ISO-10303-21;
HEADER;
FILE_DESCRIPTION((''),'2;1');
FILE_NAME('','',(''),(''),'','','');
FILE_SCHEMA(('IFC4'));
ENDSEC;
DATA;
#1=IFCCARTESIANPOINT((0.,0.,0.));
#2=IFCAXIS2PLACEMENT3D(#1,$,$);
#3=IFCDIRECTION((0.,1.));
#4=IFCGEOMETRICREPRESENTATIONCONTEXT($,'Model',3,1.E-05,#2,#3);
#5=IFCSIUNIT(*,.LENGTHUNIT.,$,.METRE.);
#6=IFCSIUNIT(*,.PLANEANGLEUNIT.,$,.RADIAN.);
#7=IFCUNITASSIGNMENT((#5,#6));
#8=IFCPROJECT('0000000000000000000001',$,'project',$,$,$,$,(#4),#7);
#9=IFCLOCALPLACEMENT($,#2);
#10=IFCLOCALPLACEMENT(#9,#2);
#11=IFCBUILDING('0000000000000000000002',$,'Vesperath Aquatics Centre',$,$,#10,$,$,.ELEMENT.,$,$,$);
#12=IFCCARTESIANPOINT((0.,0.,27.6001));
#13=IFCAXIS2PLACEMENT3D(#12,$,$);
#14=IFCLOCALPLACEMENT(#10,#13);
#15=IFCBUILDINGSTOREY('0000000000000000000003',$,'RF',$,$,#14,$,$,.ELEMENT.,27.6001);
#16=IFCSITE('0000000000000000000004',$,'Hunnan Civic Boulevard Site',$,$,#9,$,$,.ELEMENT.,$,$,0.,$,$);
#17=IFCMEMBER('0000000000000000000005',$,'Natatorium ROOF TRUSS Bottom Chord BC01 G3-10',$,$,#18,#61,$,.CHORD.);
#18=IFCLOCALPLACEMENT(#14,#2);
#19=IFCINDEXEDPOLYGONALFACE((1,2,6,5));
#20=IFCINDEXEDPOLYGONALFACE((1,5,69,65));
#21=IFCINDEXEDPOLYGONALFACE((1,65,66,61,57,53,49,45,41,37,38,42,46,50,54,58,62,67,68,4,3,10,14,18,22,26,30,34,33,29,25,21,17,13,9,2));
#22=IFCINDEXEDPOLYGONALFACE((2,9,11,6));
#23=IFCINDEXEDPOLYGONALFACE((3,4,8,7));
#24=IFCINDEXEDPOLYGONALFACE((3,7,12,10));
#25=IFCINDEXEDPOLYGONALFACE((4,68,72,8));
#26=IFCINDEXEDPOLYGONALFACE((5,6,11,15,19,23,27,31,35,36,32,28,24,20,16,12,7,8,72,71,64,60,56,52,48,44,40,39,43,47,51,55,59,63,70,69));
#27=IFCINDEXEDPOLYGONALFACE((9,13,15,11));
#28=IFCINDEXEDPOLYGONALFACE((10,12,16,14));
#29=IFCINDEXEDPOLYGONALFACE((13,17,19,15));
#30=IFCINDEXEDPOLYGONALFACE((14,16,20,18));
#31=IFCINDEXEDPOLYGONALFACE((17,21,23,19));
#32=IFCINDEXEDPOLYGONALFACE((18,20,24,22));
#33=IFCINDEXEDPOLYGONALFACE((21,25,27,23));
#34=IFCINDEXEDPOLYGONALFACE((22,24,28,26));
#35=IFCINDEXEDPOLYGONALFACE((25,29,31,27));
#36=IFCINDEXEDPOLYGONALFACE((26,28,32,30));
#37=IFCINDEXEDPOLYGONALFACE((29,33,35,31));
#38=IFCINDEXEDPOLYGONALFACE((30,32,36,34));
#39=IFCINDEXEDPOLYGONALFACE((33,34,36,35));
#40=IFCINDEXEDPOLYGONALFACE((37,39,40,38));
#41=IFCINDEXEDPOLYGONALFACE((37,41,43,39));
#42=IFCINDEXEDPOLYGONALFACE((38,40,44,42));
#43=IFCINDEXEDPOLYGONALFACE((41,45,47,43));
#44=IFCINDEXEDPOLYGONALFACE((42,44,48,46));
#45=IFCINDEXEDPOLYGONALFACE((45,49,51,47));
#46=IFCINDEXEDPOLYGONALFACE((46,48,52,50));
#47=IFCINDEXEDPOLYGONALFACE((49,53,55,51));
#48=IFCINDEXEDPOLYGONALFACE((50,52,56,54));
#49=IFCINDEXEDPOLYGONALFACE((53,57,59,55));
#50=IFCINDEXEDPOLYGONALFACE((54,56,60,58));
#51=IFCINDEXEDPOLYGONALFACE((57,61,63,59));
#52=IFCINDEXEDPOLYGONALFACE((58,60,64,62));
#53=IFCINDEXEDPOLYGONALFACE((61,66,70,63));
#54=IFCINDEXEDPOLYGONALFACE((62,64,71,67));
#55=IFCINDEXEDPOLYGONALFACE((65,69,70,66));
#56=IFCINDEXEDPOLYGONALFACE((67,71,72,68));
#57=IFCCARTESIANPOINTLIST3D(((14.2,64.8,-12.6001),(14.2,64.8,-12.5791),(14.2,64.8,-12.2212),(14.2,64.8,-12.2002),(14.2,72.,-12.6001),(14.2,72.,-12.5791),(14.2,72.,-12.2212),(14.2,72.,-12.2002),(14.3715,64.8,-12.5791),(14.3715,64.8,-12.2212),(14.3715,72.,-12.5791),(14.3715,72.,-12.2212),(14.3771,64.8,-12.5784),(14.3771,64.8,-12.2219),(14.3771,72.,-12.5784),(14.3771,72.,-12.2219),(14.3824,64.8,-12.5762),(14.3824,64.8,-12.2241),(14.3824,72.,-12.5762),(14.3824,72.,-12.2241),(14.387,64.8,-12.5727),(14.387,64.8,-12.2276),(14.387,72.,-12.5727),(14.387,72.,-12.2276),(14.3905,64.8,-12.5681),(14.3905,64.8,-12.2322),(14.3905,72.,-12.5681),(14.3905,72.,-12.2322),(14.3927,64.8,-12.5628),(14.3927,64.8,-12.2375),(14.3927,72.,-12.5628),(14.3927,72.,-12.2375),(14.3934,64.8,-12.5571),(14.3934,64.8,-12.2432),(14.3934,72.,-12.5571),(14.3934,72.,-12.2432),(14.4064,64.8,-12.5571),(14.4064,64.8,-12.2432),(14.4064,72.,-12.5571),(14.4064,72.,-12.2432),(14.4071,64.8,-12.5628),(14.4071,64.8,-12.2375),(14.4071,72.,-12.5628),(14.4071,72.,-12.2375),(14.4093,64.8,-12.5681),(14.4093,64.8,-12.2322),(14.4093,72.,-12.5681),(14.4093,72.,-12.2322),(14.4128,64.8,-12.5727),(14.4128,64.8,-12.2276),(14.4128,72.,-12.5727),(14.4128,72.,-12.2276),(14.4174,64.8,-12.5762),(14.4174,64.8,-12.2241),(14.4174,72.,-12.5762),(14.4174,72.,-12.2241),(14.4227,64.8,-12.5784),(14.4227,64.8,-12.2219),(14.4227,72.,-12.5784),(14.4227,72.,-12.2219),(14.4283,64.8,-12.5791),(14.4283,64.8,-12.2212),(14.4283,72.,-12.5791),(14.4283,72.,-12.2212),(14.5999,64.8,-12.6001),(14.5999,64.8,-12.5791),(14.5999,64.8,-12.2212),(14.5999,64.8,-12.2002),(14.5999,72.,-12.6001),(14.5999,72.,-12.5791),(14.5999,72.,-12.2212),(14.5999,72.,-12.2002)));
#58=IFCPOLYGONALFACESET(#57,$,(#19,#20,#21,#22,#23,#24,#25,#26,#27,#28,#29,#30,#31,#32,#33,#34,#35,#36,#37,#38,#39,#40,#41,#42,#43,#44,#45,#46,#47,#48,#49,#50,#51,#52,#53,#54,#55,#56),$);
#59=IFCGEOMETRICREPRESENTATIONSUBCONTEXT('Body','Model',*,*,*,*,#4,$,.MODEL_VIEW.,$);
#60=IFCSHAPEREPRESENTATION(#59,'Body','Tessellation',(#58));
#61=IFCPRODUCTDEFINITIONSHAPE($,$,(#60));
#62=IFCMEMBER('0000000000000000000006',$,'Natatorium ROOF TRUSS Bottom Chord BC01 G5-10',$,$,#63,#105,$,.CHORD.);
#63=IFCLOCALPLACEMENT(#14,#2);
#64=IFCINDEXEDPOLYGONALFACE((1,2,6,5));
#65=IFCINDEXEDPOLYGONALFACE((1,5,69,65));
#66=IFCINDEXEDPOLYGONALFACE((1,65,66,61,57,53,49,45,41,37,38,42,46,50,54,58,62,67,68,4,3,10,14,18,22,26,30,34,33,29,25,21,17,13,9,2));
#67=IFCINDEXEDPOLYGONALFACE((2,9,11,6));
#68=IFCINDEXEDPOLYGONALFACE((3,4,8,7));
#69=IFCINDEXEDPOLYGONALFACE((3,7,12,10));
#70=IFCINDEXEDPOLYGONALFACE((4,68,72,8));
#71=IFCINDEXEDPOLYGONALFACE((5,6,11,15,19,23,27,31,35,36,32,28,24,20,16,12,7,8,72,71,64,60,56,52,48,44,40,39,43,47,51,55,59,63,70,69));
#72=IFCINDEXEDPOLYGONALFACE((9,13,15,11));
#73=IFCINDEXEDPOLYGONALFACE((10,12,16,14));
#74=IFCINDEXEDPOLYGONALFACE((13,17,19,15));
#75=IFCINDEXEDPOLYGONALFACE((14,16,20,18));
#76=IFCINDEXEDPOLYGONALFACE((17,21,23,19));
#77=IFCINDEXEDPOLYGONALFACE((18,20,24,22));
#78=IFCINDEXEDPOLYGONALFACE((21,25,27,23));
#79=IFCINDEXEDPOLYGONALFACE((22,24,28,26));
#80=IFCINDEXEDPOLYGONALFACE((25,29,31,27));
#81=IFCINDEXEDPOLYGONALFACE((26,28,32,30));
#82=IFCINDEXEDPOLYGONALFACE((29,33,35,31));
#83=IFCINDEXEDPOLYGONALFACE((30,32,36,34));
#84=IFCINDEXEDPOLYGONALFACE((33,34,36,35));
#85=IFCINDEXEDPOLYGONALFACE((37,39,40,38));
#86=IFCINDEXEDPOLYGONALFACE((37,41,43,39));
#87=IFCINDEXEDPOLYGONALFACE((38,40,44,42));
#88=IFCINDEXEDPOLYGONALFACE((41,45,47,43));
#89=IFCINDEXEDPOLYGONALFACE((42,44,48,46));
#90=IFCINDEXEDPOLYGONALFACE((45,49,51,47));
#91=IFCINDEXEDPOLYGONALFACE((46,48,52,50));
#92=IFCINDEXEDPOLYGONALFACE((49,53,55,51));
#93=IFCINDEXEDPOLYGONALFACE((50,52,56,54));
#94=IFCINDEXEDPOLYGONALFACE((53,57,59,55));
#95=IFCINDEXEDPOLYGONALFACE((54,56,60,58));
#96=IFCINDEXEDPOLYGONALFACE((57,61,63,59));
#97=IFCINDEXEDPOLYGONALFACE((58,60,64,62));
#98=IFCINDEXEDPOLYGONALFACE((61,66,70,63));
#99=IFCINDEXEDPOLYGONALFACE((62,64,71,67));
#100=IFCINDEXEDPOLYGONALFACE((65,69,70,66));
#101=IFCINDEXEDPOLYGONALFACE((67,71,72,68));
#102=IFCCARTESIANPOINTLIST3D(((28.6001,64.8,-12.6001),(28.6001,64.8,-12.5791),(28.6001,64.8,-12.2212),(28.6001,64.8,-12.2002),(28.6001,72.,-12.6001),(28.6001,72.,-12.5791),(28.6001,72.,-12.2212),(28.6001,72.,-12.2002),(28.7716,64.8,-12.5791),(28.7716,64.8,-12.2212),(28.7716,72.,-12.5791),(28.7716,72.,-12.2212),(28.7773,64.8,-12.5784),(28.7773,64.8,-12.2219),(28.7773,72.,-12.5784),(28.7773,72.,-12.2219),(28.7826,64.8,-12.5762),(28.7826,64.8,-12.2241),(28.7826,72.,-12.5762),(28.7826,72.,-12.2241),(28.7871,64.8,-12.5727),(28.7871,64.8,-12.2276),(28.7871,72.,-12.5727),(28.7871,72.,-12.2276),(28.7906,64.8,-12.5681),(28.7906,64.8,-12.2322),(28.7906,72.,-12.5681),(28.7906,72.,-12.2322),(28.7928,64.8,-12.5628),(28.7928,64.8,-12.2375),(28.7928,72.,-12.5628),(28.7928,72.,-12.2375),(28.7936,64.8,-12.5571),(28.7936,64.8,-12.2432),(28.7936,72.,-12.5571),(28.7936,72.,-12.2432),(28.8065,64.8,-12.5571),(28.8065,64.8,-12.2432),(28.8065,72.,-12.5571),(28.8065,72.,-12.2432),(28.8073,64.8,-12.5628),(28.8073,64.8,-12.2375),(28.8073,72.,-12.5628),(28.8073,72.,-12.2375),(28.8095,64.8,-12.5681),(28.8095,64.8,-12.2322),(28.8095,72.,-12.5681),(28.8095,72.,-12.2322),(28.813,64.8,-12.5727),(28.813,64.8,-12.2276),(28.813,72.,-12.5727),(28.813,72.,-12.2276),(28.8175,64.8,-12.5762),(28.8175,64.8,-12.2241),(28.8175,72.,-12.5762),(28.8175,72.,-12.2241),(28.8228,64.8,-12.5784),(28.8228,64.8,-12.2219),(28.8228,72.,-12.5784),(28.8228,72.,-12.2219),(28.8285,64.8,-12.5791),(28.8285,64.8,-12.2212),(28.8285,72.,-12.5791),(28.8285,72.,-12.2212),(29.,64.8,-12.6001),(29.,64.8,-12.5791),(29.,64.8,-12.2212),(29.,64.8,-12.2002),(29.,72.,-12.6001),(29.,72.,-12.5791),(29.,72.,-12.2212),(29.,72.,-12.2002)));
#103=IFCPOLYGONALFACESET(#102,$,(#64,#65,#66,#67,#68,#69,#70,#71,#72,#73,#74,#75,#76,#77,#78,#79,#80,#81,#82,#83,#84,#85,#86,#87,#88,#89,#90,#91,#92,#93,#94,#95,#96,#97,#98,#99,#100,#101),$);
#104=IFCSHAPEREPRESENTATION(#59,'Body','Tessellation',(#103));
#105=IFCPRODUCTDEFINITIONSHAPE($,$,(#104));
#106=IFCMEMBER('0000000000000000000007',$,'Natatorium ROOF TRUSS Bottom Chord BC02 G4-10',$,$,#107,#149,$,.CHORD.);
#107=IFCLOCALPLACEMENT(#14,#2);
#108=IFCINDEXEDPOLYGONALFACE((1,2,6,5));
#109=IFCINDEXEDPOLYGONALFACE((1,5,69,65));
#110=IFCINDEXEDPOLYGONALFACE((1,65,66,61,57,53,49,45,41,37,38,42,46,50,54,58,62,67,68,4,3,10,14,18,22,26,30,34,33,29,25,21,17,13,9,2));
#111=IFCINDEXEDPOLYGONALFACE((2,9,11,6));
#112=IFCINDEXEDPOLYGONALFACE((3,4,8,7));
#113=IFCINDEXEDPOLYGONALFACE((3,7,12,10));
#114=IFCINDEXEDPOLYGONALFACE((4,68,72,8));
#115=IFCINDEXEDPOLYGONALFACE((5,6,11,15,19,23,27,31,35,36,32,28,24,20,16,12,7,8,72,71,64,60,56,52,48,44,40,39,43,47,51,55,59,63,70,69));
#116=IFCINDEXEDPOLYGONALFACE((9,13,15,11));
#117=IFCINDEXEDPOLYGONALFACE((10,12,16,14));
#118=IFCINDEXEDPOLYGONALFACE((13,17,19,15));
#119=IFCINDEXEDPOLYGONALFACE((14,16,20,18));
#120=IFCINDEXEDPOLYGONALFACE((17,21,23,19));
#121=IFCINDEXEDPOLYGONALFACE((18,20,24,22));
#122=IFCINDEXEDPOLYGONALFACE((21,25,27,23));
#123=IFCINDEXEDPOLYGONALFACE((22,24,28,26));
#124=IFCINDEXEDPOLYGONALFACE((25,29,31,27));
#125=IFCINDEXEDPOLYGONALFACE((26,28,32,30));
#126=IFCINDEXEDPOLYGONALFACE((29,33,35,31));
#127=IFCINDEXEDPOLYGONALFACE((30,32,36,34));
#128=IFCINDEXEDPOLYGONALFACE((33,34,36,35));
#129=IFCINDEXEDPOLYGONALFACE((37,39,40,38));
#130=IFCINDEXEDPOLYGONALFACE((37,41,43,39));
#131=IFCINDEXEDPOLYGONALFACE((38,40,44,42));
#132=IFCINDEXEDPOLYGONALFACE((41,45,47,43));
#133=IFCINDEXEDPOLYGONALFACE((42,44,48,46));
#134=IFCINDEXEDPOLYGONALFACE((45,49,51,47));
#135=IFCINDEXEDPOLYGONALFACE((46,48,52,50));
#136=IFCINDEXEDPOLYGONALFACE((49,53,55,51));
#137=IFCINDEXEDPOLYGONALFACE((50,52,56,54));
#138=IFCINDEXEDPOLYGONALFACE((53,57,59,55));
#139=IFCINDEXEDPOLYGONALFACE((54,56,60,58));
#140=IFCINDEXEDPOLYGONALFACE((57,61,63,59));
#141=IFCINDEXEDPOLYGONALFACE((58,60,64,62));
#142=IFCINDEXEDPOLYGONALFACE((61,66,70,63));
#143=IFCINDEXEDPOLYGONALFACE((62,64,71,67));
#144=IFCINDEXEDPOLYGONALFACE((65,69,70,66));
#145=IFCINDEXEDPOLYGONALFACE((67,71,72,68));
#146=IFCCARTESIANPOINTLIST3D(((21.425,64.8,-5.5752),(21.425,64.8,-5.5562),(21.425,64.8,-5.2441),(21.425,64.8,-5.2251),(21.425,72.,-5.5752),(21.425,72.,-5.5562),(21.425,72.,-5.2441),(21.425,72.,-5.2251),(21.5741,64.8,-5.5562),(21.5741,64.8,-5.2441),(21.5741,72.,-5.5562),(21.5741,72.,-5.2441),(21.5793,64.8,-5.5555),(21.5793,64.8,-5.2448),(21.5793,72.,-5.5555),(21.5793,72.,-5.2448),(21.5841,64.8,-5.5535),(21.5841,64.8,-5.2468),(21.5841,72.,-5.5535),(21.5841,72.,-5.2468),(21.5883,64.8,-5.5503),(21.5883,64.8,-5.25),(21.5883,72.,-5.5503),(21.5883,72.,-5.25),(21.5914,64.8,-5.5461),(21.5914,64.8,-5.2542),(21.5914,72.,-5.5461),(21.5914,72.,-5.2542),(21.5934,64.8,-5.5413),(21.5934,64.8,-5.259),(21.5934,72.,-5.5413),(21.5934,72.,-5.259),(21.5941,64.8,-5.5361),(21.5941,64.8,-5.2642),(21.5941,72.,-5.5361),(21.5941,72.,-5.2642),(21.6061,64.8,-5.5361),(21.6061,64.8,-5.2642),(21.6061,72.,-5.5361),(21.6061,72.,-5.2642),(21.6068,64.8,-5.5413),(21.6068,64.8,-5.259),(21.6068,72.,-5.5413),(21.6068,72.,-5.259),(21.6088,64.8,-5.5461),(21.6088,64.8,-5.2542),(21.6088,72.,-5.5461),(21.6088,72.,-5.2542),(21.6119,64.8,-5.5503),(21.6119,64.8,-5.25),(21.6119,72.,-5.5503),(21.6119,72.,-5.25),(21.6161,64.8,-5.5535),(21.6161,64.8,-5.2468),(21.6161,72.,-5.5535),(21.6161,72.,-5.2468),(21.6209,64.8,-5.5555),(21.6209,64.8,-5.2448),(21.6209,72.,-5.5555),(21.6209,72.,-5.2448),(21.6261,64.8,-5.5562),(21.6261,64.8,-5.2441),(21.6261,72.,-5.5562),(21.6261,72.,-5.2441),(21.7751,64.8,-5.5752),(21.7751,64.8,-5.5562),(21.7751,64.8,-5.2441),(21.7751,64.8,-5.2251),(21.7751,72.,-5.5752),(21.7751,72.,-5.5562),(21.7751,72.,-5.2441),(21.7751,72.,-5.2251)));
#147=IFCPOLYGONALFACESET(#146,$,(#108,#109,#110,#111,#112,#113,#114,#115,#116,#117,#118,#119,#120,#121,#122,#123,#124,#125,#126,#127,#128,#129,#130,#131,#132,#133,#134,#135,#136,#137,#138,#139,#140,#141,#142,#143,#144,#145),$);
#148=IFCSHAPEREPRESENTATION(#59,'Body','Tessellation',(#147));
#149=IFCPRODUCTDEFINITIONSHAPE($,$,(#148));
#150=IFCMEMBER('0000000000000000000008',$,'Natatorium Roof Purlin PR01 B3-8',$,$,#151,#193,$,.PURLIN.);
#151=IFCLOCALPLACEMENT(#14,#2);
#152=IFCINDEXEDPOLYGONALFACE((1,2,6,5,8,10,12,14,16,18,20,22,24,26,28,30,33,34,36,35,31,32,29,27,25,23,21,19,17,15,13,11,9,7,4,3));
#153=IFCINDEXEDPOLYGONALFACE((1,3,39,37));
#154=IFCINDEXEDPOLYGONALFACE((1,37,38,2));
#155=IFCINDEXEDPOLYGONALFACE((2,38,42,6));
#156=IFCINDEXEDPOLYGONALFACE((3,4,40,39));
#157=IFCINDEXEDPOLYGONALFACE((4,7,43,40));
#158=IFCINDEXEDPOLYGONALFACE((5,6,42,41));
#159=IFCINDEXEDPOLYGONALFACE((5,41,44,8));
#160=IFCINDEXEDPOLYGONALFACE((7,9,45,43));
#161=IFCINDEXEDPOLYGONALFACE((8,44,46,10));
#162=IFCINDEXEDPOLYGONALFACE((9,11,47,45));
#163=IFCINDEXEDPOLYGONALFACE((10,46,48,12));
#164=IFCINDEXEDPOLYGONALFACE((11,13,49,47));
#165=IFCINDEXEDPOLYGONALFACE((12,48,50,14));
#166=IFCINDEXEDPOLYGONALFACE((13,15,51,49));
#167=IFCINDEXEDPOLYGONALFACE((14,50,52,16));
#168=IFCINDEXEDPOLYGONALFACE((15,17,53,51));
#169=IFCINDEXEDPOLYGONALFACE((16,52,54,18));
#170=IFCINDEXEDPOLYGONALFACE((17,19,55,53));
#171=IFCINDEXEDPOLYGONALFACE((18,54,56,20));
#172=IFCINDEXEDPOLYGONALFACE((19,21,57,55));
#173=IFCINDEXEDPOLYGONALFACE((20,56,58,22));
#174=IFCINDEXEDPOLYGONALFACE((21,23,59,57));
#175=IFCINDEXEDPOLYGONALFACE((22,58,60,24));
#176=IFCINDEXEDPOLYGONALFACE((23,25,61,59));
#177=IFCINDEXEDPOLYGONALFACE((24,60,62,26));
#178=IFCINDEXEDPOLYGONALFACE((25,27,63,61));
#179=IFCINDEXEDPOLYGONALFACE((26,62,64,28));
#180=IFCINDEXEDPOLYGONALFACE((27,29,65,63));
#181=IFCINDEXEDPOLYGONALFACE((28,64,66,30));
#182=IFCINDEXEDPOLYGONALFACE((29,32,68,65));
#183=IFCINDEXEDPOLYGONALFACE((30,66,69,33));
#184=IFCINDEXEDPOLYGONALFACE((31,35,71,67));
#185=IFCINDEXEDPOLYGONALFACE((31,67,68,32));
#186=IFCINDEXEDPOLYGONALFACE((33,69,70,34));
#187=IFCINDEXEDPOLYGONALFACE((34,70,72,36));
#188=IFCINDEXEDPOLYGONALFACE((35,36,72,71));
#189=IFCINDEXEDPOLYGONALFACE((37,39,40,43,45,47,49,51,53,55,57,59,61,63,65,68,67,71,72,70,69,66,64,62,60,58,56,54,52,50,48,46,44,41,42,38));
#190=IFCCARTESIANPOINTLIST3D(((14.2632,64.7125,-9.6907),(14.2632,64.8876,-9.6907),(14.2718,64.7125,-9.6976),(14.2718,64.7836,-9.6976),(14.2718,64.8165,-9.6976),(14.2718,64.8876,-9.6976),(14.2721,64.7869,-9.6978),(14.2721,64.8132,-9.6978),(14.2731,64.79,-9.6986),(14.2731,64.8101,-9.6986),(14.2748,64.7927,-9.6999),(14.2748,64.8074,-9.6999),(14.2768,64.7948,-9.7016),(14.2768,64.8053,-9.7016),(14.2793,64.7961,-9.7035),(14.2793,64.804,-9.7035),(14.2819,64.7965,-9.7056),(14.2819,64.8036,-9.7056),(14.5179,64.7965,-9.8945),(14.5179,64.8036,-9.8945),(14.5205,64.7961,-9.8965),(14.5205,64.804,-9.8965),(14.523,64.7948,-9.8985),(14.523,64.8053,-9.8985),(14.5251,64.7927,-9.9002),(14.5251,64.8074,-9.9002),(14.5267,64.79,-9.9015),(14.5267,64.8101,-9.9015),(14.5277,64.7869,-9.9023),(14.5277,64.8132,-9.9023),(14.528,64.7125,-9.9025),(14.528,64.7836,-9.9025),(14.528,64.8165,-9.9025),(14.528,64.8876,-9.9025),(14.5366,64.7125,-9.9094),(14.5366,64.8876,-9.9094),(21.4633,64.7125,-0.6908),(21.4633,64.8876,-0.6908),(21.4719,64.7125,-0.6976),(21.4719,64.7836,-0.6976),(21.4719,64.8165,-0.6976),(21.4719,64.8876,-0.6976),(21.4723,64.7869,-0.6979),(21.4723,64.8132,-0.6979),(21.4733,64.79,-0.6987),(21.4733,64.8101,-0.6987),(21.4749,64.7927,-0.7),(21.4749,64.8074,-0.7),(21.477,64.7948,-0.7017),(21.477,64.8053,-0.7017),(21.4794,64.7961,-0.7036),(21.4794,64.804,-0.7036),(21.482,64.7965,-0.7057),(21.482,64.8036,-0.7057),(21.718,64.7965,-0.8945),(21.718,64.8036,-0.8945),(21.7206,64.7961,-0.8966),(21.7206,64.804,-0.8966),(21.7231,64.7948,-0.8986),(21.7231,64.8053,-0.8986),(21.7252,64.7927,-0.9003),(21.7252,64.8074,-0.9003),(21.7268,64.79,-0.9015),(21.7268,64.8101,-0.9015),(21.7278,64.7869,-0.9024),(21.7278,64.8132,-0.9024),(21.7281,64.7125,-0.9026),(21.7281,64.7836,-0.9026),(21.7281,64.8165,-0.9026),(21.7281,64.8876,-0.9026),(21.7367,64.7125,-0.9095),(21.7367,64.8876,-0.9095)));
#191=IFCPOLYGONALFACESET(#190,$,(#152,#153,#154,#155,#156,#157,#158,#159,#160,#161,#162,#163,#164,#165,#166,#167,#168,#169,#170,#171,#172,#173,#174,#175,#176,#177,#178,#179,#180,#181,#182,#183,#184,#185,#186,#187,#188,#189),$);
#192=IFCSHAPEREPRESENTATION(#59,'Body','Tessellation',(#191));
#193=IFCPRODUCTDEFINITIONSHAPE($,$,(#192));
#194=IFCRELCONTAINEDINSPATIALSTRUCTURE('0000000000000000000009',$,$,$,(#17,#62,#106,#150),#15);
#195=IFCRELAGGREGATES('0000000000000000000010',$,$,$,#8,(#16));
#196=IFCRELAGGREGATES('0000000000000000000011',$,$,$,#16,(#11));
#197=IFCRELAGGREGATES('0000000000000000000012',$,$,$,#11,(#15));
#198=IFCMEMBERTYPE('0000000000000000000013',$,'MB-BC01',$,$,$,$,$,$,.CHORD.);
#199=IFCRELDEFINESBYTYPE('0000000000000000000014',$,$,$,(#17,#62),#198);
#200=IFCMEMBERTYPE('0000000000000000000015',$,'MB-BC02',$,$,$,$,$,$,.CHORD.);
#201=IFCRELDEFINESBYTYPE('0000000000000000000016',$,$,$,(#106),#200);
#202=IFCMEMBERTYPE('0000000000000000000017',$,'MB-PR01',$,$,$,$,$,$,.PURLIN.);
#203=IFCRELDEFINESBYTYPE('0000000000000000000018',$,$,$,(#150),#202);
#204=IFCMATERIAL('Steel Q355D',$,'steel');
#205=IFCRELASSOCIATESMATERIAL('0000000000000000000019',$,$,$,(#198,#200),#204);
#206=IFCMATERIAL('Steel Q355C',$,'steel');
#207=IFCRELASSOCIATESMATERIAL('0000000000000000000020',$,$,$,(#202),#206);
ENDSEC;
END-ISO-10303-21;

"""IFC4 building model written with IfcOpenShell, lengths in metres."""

from ifc_helpers import new_model, si_unit, direction, frame, origin, origin_2d, place, context, subcontext, project, spatial, i_section, extrude, material, material_profile, profile_set, type_object, element, save


model = new_model("IFC4")

# Units and contexts
model_context = context("Model", 3, precision=1e-05, world=origin(), true_north=direction((0.0, 1.0)))
body_context = subcontext(model_context, "Body", "Model", "MODEL_VIEW")
ifc_project = project(units=[si_unit("LENGTHUNIT", "METRE"), si_unit("PLANEANGLEUNIT", "RADIAN")], contexts=[model_context])

# Site, building, storey
site_placement = place(None, origin())
site = spatial("IfcSite", under=ifc_project, at=site_placement, Name="Hunnan Civic Boulevard Site", CompositionType="ELEMENT", RefElevation=0.0)
building_placement = place(site_placement, origin())
building = spatial("IfcBuilding", under=site, at=building_placement, Name="Vesperath Aquatics Centre", CompositionType="ELEMENT")
storey_placement = place(building_placement, frame((0.0, 0.0, 27.6001)))
storey = spatial("IfcBuildingStorey", under=building, at=storey_placement, Name="RF", CompositionType="ELEMENT", Elevation=27.6001)

# Members
ifc_material_1 = material(Name="Steel Q355D", Category="steel")
ifc_material_profile_1 = material_profile(ifc_material_1, i_section(OverallWidth=0.3999, OverallDepth=0.3999, WebThickness=0.0129, FlangeThickness=0.021, FilletRadius=0.022, at=origin_2d()), Name="HW 400x400x13x21")
ifc_profile_set_1 = profile_set([ifc_material_profile_1], Name="Steel Q355D")
member_type_1 = type_object("IfcMemberType", Name="MB-BC01", PredefinedType="CHORD", material=ifc_profile_set_1)
for number, where, z_axis, x_axis, name in (
    (1, (14.3999, 64.8, -12.4001), (0.0, 1.0, 0.0), (-1.0, 0.0, 0.0), "Natatorium ROOF TRUSS Bottom Chord BC01 G3-10"),
    (2, (28.8, 64.8, -12.4001), (0.0, 1.0, 0.0), (-1.0, 0.0, 0.0), "Natatorium ROOF TRUSS Bottom Chord BC01 G5-10"),
):
    element("IfcMember", number, at=place(storey_placement, frame(where, z_axis=z_axis, x_axis=x_axis)), inside=storey, type_object=member_type_1, Name=name, PredefinedType="CHORD", context=body_context, shape_type="SweptSolid", body=[
        extrude(i_section(OverallWidth=0.3999, OverallDepth=0.3999, WebThickness=0.0129, FlangeThickness=0.021, FilletRadius=0.022, at=origin_2d()), origin(), (0.0, 0.0, 1.0), 7.2),
    ])
ifc_material_profile_2 = material_profile(ifc_material_1, i_section(OverallWidth=0.3501, OverallDepth=0.3501, WebThickness=0.012, FlangeThickness=0.019, FilletRadius=0.02, at=origin_2d()), Name="HW 350x350x12x19")
ifc_profile_set_2 = profile_set([ifc_material_profile_2], Name="Steel Q355D")
member_type_2 = type_object("IfcMemberType", Name="MB-BC02", PredefinedType="CHORD", material=ifc_profile_set_2)
member_1_placement = place(storey_placement, frame((21.6001, 64.8, -5.4001), z_axis=(0.0, 1.0, 0.0), x_axis=(-1.0, 0.0, 0.0)))
element("IfcMember", 3, at=member_1_placement, inside=storey, type_object=member_type_2, Name="Natatorium ROOF TRUSS Bottom Chord BC02 G4-10", PredefinedType="CHORD", context=body_context, shape_type="SweptSolid", body=[
    extrude(i_section(OverallWidth=0.3501, OverallDepth=0.3501, WebThickness=0.012, FlangeThickness=0.019, FilletRadius=0.02, at=origin_2d()), origin(), (0.0, 0.0, 1.0), 7.2),
])
ifc_material_2 = material(Name="Steel Q355C", Category="steel")
ifc_material_profile_3 = material_profile(ifc_material_2, i_section(OverallWidth=0.175, OverallDepth=0.3501, WebThickness=0.0071, FlangeThickness=0.011, FilletRadius=0.0129, at=origin_2d()), Name="HN 350x175x7x11")
ifc_profile_set_3 = profile_set([ifc_material_profile_3], Name="Steel Q355C")
member_type_3 = type_object("IfcMemberType", Name="MB-PR01", PredefinedType="PURLIN", material=ifc_profile_set_3)
for number, where, z_axis, x_axis, name in (
    (4, (14.3999, 64.8, -9.8), (0.624705, 0.0, 0.780861), (0.0, 1.0, 0.0), "Natatorium Roof Purlin PR01 B3-8"),
):
    element("IfcMember", number, at=place(storey_placement, frame(where, z_axis=z_axis, x_axis=x_axis)), inside=storey, type_object=member_type_3, Name=name, PredefinedType="PURLIN", context=body_context, shape_type="SweptSolid", body=[
        extrude(i_section(OverallWidth=0.175, OverallDepth=0.3501, WebThickness=0.0071, FlangeThickness=0.011, FilletRadius=0.0129, at=origin_2d()), origin(), (0.0, 0.0, 1.0), 11.5256),
    ])

save(model, "model.ifc")
